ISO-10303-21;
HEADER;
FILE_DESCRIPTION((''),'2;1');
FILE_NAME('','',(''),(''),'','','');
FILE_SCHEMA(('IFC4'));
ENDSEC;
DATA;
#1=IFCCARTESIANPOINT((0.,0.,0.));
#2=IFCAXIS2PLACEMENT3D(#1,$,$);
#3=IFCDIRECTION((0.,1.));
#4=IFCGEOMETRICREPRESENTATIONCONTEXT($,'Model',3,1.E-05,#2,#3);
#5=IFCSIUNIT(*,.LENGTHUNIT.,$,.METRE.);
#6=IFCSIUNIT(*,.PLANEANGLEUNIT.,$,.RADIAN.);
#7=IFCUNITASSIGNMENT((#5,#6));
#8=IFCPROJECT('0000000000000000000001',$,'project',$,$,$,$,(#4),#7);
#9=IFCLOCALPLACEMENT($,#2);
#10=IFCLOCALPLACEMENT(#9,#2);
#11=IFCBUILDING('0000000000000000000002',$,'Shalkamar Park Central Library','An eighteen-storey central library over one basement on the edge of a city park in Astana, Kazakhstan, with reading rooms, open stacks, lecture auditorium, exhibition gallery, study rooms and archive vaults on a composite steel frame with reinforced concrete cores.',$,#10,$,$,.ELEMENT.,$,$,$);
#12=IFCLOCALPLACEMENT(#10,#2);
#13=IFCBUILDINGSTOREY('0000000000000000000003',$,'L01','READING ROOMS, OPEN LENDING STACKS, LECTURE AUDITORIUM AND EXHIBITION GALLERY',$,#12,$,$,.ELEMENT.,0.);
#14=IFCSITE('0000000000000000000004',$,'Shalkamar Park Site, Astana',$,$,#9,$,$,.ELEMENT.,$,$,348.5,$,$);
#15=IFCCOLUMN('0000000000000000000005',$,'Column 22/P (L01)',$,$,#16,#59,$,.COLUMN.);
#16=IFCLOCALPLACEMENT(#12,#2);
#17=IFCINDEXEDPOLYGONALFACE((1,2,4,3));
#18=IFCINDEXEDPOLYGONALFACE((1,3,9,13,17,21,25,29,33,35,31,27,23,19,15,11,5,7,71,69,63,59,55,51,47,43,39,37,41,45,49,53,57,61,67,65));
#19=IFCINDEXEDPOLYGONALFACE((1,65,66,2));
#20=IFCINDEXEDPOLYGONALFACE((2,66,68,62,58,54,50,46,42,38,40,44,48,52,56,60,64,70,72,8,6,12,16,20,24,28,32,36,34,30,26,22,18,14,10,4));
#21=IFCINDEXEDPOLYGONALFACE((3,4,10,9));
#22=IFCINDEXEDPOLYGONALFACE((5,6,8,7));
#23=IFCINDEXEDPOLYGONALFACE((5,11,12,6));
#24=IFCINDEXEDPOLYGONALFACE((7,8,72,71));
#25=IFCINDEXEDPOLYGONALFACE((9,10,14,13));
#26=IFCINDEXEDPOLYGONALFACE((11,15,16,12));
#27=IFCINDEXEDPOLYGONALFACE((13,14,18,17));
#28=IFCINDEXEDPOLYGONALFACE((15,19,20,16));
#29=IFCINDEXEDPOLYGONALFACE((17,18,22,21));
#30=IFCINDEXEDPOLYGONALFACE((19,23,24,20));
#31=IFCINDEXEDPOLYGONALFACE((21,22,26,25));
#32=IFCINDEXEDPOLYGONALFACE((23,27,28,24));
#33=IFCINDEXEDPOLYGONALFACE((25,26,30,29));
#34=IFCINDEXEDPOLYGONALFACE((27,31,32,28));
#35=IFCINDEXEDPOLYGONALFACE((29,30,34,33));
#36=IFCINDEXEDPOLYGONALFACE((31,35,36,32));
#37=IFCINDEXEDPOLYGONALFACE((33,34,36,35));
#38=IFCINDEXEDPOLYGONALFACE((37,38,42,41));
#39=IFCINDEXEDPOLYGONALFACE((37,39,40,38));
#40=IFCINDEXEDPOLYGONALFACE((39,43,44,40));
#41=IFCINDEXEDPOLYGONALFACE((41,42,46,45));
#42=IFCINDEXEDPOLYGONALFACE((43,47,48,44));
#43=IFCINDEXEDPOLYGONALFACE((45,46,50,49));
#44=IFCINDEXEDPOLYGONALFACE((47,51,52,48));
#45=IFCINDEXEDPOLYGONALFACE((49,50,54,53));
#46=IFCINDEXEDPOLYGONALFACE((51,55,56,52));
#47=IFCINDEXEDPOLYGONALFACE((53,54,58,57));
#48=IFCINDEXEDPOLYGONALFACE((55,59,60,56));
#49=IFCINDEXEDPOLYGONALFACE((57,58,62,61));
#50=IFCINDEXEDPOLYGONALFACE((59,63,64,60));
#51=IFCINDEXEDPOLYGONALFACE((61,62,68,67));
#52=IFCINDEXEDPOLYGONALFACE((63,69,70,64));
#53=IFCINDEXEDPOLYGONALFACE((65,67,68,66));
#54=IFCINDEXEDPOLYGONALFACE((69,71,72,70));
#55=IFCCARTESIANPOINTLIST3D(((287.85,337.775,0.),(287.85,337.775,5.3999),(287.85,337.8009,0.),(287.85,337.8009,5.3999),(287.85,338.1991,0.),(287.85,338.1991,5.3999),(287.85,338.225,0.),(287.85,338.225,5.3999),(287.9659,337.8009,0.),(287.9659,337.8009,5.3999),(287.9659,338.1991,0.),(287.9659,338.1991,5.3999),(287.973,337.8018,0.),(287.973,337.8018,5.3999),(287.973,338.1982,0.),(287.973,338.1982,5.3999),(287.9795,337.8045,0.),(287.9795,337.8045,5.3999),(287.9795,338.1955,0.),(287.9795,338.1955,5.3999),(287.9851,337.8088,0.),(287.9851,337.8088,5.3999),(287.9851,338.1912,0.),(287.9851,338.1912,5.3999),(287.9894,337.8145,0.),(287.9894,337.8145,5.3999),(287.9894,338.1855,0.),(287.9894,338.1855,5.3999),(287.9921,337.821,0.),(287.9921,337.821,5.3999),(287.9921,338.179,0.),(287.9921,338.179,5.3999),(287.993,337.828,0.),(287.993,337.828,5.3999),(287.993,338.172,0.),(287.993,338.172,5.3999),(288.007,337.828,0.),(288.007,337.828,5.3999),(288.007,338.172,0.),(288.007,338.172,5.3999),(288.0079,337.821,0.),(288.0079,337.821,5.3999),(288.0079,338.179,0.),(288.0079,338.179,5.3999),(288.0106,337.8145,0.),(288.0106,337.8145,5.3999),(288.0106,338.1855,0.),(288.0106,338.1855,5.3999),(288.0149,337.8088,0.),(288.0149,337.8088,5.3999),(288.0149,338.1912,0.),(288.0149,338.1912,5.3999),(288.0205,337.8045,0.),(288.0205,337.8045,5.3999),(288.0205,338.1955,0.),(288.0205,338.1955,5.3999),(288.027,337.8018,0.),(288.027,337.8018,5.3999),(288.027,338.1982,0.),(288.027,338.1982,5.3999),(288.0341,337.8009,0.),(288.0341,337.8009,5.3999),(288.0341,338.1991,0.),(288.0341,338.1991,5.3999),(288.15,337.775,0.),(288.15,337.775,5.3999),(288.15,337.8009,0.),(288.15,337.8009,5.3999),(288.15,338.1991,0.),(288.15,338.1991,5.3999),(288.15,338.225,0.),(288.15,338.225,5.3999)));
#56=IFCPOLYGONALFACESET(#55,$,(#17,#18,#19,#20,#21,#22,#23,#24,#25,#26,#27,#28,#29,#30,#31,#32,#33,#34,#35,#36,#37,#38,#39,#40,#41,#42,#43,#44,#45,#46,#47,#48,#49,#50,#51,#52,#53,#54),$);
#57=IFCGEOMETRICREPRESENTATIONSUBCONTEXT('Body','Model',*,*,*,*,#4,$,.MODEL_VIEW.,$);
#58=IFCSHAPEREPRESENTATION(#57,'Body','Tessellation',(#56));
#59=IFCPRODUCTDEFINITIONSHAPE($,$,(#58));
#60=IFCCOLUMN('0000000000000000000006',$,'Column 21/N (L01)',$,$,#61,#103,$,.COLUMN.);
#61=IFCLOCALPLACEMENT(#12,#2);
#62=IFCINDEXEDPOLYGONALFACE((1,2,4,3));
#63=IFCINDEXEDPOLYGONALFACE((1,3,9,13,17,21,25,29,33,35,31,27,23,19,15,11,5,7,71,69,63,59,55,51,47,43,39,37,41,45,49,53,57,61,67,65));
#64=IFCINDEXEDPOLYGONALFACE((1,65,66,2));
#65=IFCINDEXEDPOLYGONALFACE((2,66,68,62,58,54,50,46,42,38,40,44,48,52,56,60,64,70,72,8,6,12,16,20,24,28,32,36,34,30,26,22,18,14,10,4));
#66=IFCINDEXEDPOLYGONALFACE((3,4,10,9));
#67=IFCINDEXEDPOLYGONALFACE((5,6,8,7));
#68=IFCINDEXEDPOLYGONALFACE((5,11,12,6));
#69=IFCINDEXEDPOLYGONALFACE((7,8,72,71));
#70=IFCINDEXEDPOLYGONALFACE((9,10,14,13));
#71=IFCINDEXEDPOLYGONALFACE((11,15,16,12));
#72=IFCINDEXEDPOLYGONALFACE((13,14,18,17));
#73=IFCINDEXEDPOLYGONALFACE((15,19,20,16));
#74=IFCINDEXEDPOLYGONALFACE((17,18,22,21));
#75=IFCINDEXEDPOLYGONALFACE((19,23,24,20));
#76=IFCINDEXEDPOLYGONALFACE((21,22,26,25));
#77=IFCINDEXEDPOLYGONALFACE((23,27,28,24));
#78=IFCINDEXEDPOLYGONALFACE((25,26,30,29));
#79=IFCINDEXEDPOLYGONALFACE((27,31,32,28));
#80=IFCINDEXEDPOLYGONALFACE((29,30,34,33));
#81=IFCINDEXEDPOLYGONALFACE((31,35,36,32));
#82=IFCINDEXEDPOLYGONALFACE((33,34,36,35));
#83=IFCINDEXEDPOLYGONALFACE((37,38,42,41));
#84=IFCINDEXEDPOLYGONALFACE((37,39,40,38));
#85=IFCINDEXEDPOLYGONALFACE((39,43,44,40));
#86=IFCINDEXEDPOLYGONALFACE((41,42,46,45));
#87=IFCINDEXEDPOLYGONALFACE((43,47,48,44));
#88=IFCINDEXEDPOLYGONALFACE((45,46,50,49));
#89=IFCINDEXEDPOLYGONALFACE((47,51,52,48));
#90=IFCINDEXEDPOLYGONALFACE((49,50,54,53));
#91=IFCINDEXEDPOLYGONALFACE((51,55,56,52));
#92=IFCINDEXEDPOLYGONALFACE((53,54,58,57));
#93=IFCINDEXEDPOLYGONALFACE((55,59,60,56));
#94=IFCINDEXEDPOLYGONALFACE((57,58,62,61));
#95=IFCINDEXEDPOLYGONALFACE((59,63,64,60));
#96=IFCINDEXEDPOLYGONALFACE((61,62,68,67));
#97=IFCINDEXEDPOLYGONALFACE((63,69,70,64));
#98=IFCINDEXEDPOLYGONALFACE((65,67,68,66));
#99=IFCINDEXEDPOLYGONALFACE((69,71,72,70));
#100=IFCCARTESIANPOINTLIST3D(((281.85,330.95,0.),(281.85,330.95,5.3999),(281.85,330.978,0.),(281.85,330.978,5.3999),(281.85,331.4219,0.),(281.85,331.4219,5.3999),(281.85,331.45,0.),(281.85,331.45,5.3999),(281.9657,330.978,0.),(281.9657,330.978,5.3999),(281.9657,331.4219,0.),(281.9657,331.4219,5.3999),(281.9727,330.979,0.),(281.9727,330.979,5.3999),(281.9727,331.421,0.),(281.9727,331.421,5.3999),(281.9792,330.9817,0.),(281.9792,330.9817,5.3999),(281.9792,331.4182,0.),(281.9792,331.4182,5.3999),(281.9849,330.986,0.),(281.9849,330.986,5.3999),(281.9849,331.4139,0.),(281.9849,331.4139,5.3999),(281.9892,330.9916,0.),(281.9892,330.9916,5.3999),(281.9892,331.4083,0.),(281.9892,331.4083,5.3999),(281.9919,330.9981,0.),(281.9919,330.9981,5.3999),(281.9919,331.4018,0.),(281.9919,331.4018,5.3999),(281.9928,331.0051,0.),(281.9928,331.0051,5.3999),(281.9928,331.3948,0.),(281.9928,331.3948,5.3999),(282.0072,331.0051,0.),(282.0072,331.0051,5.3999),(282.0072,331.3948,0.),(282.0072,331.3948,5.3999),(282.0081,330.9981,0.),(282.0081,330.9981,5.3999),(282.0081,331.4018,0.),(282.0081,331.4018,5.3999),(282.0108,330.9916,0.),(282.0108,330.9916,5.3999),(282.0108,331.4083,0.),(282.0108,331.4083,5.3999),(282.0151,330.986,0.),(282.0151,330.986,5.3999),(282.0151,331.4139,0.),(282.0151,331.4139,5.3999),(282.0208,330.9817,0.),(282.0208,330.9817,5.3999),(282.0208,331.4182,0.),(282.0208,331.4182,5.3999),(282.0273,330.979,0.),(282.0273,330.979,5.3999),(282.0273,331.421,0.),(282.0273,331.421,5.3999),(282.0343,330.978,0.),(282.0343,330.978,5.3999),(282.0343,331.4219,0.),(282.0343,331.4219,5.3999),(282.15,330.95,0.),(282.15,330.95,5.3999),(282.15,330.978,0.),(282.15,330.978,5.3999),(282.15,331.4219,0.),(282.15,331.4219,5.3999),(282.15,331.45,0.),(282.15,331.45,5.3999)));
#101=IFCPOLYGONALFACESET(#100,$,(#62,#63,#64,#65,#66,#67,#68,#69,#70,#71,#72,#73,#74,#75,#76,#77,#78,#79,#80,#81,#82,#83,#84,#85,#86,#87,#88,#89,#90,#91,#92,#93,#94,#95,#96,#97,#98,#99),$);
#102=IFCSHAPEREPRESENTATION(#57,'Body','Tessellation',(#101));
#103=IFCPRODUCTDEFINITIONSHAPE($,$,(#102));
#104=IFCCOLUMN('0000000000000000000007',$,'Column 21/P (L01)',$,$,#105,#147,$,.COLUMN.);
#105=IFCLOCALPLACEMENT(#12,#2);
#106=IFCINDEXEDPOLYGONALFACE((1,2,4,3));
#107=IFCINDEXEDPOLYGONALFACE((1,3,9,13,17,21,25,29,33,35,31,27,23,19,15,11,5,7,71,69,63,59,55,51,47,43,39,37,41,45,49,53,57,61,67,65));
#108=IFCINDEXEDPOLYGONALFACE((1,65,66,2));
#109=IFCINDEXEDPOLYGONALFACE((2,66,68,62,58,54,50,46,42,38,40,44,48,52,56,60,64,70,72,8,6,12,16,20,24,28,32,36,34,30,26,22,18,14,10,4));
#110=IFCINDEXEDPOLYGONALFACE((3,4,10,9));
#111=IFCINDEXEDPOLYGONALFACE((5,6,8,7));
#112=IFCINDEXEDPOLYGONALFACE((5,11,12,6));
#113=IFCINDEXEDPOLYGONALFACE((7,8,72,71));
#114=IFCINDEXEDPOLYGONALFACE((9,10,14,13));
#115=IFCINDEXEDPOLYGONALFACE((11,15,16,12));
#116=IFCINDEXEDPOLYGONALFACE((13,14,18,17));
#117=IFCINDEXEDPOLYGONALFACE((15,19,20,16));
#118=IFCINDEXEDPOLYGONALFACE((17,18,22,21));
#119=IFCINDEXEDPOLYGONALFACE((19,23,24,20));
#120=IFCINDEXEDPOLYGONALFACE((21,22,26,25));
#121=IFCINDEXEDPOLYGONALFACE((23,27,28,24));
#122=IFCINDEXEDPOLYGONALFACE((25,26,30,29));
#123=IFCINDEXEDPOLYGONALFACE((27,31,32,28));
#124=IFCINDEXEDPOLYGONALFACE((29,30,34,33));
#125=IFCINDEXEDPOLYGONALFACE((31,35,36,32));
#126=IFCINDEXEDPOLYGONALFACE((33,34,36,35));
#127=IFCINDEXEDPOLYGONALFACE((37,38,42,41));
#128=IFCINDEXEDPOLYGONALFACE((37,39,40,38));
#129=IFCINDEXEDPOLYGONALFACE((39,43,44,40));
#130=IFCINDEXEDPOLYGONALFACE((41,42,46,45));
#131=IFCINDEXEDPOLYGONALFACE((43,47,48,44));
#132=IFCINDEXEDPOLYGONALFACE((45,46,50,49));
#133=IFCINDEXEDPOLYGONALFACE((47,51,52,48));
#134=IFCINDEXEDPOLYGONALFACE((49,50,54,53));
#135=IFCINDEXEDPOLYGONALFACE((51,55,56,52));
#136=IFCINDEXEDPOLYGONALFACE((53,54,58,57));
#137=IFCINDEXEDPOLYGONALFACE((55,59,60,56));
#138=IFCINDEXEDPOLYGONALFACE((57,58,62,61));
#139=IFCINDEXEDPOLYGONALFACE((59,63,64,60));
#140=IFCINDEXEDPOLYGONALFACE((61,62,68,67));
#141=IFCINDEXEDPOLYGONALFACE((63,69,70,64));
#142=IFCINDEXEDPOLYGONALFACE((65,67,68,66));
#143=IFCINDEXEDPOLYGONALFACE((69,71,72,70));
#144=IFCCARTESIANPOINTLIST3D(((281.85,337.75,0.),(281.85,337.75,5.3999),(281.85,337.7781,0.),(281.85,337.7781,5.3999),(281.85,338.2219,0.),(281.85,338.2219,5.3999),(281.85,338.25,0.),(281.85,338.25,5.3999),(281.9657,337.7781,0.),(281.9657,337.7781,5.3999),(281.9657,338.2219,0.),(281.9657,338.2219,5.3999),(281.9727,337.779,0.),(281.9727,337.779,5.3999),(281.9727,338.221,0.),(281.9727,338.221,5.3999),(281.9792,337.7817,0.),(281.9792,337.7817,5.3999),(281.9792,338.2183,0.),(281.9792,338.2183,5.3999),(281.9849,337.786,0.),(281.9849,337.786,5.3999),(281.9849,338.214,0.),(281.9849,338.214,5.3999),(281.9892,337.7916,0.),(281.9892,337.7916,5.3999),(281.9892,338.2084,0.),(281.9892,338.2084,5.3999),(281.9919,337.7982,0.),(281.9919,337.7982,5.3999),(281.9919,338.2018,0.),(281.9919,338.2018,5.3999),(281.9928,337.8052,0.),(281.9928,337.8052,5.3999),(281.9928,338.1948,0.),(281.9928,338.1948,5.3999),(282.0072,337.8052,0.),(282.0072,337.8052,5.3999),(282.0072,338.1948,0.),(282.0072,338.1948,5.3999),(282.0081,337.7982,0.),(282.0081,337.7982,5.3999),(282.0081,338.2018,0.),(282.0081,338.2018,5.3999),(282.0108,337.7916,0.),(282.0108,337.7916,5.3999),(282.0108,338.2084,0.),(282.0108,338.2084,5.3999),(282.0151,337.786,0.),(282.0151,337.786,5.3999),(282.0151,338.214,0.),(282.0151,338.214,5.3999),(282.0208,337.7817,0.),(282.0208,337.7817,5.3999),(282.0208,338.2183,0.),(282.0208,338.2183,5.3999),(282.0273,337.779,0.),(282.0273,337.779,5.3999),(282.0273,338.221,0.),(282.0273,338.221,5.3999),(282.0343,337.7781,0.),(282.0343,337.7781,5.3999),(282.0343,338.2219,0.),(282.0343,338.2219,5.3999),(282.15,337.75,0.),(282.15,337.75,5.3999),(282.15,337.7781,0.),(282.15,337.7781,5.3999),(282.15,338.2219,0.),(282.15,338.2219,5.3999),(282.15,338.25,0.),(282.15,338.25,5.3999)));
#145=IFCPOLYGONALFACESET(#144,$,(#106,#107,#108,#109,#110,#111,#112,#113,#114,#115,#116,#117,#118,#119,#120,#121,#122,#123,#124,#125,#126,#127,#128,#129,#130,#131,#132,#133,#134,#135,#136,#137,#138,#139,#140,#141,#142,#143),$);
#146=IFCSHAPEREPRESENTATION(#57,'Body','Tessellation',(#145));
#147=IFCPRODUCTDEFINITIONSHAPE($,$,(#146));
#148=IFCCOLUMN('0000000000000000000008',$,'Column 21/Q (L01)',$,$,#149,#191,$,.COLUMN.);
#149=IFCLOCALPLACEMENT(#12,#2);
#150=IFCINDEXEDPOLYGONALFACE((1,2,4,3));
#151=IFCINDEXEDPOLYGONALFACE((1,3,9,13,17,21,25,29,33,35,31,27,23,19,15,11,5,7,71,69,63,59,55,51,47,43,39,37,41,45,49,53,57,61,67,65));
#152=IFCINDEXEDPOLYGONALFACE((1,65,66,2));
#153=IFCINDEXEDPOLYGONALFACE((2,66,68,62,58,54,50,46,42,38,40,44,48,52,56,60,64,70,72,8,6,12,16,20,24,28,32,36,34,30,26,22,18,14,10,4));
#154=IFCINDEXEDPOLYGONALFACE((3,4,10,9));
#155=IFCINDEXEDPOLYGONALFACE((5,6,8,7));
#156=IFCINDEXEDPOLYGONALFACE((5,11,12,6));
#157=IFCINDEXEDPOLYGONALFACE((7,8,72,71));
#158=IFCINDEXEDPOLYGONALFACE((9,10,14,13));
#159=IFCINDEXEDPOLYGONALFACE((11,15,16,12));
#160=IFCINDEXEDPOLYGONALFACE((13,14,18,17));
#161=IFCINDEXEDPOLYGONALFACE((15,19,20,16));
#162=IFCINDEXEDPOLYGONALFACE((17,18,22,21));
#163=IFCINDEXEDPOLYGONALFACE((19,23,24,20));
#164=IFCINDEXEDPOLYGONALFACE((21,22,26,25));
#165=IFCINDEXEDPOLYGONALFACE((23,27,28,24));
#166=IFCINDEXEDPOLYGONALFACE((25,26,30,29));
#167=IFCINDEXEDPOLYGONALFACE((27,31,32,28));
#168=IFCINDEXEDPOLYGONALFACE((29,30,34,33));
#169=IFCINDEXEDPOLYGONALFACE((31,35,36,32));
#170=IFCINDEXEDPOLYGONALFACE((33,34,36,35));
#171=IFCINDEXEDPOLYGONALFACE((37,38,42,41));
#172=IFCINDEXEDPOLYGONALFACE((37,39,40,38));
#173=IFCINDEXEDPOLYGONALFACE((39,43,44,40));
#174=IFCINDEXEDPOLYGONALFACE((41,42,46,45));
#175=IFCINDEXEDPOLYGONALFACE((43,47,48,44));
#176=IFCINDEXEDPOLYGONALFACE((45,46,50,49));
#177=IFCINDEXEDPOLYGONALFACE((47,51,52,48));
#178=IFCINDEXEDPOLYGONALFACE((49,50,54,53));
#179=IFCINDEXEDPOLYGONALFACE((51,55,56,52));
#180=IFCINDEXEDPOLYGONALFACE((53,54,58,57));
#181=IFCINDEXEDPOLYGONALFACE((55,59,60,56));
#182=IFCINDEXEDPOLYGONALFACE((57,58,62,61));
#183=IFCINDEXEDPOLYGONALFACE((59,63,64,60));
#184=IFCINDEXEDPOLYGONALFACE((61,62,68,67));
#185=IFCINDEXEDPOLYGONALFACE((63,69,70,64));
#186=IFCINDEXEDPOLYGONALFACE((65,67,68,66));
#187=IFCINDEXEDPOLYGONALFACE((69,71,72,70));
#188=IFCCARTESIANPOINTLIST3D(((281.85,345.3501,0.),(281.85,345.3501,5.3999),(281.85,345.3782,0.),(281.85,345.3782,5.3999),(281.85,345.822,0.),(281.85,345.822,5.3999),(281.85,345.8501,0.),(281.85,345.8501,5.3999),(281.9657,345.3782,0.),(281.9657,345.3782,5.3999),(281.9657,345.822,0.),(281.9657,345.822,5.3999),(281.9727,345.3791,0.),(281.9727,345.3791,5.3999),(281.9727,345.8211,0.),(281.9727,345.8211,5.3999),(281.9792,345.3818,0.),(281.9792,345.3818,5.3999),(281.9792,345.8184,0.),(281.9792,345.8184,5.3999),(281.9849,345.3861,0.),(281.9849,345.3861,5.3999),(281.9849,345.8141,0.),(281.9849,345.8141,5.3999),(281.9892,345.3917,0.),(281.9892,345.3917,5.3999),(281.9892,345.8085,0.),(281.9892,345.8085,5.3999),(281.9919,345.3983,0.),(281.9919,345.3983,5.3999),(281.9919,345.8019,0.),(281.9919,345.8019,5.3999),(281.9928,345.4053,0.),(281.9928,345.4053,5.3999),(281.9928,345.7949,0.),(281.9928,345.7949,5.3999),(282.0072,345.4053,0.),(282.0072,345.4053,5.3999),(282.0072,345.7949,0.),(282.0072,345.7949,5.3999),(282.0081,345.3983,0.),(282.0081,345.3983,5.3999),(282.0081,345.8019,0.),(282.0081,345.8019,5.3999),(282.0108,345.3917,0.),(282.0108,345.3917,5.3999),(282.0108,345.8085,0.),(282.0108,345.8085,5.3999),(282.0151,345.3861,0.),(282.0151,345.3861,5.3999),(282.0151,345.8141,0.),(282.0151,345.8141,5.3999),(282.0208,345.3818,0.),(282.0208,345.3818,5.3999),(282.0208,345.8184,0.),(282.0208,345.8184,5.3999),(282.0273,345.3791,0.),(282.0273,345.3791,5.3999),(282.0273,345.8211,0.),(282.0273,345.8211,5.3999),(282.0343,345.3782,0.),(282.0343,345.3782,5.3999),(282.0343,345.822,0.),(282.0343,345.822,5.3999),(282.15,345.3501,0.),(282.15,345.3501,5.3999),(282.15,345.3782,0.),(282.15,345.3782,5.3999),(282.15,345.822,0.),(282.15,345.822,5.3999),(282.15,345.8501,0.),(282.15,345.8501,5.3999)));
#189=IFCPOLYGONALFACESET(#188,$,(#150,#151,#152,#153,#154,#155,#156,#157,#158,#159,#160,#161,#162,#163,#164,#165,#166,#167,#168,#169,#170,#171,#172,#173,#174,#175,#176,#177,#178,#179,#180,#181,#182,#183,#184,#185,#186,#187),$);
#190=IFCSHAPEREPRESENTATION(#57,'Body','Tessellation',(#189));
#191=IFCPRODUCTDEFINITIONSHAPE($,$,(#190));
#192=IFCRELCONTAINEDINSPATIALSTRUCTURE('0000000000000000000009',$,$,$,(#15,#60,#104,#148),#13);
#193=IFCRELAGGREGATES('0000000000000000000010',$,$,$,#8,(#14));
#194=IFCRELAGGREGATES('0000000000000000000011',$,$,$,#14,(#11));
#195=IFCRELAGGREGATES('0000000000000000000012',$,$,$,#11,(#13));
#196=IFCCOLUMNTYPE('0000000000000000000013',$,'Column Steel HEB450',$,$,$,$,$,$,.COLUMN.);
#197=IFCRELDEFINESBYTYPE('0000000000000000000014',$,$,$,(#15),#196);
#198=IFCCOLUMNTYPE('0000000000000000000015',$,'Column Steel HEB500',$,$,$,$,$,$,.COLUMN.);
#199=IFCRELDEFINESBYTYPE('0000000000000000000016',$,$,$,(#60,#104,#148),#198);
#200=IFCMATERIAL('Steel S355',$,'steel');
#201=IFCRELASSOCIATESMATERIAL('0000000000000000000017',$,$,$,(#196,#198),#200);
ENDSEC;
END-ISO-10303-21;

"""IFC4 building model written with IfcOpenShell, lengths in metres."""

from ifc_helpers import new_model, si_unit, direction, frame, origin, origin_2d, place, context, subcontext, project, spatial, i_section, extrude, material, material_profile, profile_set, type_object, element, save


model = new_model("IFC4")

# Units and contexts
model_context = context("Model", 3, precision=1e-05, world=origin(), true_north=direction((0.0, 1.0)))
body_context = subcontext(model_context, "Body", "Model", "MODEL_VIEW")
ifc_project = project(units=[si_unit("LENGTHUNIT", "METRE"), si_unit("PLANEANGLEUNIT", "RADIAN")], contexts=[model_context])

# Site, building, storey
site_placement = place(None, origin())
site = spatial("IfcSite", under=ifc_project, at=site_placement, Name="Shalkamar Park Site, Astana", CompositionType="ELEMENT", RefElevation=348.5)
building_placement = place(site_placement, origin())
building = spatial("IfcBuilding", under=site, at=building_placement, Name="Shalkamar Park Central Library", Description="An eighteen-storey central library over one basement on the edge of a city park in Astana, Kazakhstan, with reading rooms, open stacks, lecture auditorium, exhibition gallery, study rooms and archive vaults on a composite steel frame with reinforced concrete cores.", CompositionType="ELEMENT")
storey_placement = place(building_placement, origin())
storey = spatial("IfcBuildingStorey", under=building, at=storey_placement, Name="L01", Description="READING ROOMS, OPEN LENDING STACKS, LECTURE AUDITORIUM AND EXHIBITION GALLERY", CompositionType="ELEMENT", Elevation=0.0)

# Columns
ifc_material_1 = material(Name="Steel S355", Category="steel")
ifc_material_profile_1 = material_profile(ifc_material_1, i_section(OverallWidth=0.3, OverallDepth=0.45, WebThickness=0.0139, FlangeThickness=0.0259, FilletRadius=0.0271, at=origin_2d()), Name="HEB 450")
ifc_profile_set_1 = profile_set([ifc_material_profile_1], Name="Steel S355")
column_type_1 = type_object("IfcColumnType", Name="Column Steel HEB450", PredefinedType="COLUMN", material=ifc_profile_set_1)
for number, where, z_axis, x_axis, name in (
    (1, (288.0, 338.0, 0.0), (0.0, 0.0, 1.0), (1.0, 0.0, 0.0), "Column 22/P (L01)"),
):
    element("IfcColumn", number, at=place(storey_placement, frame(where, z_axis=z_axis, x_axis=x_axis)), inside=storey, type_object=column_type_1, Name=name, PredefinedType="COLUMN", context=body_context, shape_type="SweptSolid", body=[
        extrude(i_section(OverallWidth=0.3, OverallDepth=0.45, WebThickness=0.0139, FlangeThickness=0.0259, FilletRadius=0.0271, at=origin_2d()), origin(), (0.0, 0.0, 1.0), 5.3999),
    ])
ifc_material_profile_2 = material_profile(ifc_material_1, i_section(OverallWidth=0.3, OverallDepth=0.5, WebThickness=0.0144, FlangeThickness=0.0281, FilletRadius=0.0271, at=origin_2d()), Name="HEB 500")
ifc_profile_set_2 = profile_set([ifc_material_profile_2], Name="Steel S355")
column_type_2 = type_object("IfcColumnType", Name="Column Steel HEB500", PredefinedType="COLUMN", material=ifc_profile_set_2)
for number, where, z_axis, x_axis, name in (
    (2, (282.0, 331.2, 0.0), (0.0, 0.0, 1.0), (1.0, 0.0, 0.0), "Column 21/N (L01)"),
    (3, (282.0, 338.0, 0.0), (0.0, 0.0, 1.0), (1.0, 0.0, 0.0), "Column 21/P (L01)"),
    (4, (282.0, 345.6001, 0.0), (0.0, 0.0, 1.0), (1.0, 0.0, 0.0), "Column 21/Q (L01)"),
):
    element("IfcColumn", number, at=place(storey_placement, frame(where, z_axis=z_axis, x_axis=x_axis)), inside=storey, type_object=column_type_2, Name=name, PredefinedType="COLUMN", context=body_context, shape_type="SweptSolid", body=[
        extrude(i_section(OverallWidth=0.3, OverallDepth=0.5, WebThickness=0.0144, FlangeThickness=0.0281, FilletRadius=0.0271, at=origin_2d()), origin(), (0.0, 0.0, 1.0), 5.3999),
    ])

save(model, "model.ifc")
